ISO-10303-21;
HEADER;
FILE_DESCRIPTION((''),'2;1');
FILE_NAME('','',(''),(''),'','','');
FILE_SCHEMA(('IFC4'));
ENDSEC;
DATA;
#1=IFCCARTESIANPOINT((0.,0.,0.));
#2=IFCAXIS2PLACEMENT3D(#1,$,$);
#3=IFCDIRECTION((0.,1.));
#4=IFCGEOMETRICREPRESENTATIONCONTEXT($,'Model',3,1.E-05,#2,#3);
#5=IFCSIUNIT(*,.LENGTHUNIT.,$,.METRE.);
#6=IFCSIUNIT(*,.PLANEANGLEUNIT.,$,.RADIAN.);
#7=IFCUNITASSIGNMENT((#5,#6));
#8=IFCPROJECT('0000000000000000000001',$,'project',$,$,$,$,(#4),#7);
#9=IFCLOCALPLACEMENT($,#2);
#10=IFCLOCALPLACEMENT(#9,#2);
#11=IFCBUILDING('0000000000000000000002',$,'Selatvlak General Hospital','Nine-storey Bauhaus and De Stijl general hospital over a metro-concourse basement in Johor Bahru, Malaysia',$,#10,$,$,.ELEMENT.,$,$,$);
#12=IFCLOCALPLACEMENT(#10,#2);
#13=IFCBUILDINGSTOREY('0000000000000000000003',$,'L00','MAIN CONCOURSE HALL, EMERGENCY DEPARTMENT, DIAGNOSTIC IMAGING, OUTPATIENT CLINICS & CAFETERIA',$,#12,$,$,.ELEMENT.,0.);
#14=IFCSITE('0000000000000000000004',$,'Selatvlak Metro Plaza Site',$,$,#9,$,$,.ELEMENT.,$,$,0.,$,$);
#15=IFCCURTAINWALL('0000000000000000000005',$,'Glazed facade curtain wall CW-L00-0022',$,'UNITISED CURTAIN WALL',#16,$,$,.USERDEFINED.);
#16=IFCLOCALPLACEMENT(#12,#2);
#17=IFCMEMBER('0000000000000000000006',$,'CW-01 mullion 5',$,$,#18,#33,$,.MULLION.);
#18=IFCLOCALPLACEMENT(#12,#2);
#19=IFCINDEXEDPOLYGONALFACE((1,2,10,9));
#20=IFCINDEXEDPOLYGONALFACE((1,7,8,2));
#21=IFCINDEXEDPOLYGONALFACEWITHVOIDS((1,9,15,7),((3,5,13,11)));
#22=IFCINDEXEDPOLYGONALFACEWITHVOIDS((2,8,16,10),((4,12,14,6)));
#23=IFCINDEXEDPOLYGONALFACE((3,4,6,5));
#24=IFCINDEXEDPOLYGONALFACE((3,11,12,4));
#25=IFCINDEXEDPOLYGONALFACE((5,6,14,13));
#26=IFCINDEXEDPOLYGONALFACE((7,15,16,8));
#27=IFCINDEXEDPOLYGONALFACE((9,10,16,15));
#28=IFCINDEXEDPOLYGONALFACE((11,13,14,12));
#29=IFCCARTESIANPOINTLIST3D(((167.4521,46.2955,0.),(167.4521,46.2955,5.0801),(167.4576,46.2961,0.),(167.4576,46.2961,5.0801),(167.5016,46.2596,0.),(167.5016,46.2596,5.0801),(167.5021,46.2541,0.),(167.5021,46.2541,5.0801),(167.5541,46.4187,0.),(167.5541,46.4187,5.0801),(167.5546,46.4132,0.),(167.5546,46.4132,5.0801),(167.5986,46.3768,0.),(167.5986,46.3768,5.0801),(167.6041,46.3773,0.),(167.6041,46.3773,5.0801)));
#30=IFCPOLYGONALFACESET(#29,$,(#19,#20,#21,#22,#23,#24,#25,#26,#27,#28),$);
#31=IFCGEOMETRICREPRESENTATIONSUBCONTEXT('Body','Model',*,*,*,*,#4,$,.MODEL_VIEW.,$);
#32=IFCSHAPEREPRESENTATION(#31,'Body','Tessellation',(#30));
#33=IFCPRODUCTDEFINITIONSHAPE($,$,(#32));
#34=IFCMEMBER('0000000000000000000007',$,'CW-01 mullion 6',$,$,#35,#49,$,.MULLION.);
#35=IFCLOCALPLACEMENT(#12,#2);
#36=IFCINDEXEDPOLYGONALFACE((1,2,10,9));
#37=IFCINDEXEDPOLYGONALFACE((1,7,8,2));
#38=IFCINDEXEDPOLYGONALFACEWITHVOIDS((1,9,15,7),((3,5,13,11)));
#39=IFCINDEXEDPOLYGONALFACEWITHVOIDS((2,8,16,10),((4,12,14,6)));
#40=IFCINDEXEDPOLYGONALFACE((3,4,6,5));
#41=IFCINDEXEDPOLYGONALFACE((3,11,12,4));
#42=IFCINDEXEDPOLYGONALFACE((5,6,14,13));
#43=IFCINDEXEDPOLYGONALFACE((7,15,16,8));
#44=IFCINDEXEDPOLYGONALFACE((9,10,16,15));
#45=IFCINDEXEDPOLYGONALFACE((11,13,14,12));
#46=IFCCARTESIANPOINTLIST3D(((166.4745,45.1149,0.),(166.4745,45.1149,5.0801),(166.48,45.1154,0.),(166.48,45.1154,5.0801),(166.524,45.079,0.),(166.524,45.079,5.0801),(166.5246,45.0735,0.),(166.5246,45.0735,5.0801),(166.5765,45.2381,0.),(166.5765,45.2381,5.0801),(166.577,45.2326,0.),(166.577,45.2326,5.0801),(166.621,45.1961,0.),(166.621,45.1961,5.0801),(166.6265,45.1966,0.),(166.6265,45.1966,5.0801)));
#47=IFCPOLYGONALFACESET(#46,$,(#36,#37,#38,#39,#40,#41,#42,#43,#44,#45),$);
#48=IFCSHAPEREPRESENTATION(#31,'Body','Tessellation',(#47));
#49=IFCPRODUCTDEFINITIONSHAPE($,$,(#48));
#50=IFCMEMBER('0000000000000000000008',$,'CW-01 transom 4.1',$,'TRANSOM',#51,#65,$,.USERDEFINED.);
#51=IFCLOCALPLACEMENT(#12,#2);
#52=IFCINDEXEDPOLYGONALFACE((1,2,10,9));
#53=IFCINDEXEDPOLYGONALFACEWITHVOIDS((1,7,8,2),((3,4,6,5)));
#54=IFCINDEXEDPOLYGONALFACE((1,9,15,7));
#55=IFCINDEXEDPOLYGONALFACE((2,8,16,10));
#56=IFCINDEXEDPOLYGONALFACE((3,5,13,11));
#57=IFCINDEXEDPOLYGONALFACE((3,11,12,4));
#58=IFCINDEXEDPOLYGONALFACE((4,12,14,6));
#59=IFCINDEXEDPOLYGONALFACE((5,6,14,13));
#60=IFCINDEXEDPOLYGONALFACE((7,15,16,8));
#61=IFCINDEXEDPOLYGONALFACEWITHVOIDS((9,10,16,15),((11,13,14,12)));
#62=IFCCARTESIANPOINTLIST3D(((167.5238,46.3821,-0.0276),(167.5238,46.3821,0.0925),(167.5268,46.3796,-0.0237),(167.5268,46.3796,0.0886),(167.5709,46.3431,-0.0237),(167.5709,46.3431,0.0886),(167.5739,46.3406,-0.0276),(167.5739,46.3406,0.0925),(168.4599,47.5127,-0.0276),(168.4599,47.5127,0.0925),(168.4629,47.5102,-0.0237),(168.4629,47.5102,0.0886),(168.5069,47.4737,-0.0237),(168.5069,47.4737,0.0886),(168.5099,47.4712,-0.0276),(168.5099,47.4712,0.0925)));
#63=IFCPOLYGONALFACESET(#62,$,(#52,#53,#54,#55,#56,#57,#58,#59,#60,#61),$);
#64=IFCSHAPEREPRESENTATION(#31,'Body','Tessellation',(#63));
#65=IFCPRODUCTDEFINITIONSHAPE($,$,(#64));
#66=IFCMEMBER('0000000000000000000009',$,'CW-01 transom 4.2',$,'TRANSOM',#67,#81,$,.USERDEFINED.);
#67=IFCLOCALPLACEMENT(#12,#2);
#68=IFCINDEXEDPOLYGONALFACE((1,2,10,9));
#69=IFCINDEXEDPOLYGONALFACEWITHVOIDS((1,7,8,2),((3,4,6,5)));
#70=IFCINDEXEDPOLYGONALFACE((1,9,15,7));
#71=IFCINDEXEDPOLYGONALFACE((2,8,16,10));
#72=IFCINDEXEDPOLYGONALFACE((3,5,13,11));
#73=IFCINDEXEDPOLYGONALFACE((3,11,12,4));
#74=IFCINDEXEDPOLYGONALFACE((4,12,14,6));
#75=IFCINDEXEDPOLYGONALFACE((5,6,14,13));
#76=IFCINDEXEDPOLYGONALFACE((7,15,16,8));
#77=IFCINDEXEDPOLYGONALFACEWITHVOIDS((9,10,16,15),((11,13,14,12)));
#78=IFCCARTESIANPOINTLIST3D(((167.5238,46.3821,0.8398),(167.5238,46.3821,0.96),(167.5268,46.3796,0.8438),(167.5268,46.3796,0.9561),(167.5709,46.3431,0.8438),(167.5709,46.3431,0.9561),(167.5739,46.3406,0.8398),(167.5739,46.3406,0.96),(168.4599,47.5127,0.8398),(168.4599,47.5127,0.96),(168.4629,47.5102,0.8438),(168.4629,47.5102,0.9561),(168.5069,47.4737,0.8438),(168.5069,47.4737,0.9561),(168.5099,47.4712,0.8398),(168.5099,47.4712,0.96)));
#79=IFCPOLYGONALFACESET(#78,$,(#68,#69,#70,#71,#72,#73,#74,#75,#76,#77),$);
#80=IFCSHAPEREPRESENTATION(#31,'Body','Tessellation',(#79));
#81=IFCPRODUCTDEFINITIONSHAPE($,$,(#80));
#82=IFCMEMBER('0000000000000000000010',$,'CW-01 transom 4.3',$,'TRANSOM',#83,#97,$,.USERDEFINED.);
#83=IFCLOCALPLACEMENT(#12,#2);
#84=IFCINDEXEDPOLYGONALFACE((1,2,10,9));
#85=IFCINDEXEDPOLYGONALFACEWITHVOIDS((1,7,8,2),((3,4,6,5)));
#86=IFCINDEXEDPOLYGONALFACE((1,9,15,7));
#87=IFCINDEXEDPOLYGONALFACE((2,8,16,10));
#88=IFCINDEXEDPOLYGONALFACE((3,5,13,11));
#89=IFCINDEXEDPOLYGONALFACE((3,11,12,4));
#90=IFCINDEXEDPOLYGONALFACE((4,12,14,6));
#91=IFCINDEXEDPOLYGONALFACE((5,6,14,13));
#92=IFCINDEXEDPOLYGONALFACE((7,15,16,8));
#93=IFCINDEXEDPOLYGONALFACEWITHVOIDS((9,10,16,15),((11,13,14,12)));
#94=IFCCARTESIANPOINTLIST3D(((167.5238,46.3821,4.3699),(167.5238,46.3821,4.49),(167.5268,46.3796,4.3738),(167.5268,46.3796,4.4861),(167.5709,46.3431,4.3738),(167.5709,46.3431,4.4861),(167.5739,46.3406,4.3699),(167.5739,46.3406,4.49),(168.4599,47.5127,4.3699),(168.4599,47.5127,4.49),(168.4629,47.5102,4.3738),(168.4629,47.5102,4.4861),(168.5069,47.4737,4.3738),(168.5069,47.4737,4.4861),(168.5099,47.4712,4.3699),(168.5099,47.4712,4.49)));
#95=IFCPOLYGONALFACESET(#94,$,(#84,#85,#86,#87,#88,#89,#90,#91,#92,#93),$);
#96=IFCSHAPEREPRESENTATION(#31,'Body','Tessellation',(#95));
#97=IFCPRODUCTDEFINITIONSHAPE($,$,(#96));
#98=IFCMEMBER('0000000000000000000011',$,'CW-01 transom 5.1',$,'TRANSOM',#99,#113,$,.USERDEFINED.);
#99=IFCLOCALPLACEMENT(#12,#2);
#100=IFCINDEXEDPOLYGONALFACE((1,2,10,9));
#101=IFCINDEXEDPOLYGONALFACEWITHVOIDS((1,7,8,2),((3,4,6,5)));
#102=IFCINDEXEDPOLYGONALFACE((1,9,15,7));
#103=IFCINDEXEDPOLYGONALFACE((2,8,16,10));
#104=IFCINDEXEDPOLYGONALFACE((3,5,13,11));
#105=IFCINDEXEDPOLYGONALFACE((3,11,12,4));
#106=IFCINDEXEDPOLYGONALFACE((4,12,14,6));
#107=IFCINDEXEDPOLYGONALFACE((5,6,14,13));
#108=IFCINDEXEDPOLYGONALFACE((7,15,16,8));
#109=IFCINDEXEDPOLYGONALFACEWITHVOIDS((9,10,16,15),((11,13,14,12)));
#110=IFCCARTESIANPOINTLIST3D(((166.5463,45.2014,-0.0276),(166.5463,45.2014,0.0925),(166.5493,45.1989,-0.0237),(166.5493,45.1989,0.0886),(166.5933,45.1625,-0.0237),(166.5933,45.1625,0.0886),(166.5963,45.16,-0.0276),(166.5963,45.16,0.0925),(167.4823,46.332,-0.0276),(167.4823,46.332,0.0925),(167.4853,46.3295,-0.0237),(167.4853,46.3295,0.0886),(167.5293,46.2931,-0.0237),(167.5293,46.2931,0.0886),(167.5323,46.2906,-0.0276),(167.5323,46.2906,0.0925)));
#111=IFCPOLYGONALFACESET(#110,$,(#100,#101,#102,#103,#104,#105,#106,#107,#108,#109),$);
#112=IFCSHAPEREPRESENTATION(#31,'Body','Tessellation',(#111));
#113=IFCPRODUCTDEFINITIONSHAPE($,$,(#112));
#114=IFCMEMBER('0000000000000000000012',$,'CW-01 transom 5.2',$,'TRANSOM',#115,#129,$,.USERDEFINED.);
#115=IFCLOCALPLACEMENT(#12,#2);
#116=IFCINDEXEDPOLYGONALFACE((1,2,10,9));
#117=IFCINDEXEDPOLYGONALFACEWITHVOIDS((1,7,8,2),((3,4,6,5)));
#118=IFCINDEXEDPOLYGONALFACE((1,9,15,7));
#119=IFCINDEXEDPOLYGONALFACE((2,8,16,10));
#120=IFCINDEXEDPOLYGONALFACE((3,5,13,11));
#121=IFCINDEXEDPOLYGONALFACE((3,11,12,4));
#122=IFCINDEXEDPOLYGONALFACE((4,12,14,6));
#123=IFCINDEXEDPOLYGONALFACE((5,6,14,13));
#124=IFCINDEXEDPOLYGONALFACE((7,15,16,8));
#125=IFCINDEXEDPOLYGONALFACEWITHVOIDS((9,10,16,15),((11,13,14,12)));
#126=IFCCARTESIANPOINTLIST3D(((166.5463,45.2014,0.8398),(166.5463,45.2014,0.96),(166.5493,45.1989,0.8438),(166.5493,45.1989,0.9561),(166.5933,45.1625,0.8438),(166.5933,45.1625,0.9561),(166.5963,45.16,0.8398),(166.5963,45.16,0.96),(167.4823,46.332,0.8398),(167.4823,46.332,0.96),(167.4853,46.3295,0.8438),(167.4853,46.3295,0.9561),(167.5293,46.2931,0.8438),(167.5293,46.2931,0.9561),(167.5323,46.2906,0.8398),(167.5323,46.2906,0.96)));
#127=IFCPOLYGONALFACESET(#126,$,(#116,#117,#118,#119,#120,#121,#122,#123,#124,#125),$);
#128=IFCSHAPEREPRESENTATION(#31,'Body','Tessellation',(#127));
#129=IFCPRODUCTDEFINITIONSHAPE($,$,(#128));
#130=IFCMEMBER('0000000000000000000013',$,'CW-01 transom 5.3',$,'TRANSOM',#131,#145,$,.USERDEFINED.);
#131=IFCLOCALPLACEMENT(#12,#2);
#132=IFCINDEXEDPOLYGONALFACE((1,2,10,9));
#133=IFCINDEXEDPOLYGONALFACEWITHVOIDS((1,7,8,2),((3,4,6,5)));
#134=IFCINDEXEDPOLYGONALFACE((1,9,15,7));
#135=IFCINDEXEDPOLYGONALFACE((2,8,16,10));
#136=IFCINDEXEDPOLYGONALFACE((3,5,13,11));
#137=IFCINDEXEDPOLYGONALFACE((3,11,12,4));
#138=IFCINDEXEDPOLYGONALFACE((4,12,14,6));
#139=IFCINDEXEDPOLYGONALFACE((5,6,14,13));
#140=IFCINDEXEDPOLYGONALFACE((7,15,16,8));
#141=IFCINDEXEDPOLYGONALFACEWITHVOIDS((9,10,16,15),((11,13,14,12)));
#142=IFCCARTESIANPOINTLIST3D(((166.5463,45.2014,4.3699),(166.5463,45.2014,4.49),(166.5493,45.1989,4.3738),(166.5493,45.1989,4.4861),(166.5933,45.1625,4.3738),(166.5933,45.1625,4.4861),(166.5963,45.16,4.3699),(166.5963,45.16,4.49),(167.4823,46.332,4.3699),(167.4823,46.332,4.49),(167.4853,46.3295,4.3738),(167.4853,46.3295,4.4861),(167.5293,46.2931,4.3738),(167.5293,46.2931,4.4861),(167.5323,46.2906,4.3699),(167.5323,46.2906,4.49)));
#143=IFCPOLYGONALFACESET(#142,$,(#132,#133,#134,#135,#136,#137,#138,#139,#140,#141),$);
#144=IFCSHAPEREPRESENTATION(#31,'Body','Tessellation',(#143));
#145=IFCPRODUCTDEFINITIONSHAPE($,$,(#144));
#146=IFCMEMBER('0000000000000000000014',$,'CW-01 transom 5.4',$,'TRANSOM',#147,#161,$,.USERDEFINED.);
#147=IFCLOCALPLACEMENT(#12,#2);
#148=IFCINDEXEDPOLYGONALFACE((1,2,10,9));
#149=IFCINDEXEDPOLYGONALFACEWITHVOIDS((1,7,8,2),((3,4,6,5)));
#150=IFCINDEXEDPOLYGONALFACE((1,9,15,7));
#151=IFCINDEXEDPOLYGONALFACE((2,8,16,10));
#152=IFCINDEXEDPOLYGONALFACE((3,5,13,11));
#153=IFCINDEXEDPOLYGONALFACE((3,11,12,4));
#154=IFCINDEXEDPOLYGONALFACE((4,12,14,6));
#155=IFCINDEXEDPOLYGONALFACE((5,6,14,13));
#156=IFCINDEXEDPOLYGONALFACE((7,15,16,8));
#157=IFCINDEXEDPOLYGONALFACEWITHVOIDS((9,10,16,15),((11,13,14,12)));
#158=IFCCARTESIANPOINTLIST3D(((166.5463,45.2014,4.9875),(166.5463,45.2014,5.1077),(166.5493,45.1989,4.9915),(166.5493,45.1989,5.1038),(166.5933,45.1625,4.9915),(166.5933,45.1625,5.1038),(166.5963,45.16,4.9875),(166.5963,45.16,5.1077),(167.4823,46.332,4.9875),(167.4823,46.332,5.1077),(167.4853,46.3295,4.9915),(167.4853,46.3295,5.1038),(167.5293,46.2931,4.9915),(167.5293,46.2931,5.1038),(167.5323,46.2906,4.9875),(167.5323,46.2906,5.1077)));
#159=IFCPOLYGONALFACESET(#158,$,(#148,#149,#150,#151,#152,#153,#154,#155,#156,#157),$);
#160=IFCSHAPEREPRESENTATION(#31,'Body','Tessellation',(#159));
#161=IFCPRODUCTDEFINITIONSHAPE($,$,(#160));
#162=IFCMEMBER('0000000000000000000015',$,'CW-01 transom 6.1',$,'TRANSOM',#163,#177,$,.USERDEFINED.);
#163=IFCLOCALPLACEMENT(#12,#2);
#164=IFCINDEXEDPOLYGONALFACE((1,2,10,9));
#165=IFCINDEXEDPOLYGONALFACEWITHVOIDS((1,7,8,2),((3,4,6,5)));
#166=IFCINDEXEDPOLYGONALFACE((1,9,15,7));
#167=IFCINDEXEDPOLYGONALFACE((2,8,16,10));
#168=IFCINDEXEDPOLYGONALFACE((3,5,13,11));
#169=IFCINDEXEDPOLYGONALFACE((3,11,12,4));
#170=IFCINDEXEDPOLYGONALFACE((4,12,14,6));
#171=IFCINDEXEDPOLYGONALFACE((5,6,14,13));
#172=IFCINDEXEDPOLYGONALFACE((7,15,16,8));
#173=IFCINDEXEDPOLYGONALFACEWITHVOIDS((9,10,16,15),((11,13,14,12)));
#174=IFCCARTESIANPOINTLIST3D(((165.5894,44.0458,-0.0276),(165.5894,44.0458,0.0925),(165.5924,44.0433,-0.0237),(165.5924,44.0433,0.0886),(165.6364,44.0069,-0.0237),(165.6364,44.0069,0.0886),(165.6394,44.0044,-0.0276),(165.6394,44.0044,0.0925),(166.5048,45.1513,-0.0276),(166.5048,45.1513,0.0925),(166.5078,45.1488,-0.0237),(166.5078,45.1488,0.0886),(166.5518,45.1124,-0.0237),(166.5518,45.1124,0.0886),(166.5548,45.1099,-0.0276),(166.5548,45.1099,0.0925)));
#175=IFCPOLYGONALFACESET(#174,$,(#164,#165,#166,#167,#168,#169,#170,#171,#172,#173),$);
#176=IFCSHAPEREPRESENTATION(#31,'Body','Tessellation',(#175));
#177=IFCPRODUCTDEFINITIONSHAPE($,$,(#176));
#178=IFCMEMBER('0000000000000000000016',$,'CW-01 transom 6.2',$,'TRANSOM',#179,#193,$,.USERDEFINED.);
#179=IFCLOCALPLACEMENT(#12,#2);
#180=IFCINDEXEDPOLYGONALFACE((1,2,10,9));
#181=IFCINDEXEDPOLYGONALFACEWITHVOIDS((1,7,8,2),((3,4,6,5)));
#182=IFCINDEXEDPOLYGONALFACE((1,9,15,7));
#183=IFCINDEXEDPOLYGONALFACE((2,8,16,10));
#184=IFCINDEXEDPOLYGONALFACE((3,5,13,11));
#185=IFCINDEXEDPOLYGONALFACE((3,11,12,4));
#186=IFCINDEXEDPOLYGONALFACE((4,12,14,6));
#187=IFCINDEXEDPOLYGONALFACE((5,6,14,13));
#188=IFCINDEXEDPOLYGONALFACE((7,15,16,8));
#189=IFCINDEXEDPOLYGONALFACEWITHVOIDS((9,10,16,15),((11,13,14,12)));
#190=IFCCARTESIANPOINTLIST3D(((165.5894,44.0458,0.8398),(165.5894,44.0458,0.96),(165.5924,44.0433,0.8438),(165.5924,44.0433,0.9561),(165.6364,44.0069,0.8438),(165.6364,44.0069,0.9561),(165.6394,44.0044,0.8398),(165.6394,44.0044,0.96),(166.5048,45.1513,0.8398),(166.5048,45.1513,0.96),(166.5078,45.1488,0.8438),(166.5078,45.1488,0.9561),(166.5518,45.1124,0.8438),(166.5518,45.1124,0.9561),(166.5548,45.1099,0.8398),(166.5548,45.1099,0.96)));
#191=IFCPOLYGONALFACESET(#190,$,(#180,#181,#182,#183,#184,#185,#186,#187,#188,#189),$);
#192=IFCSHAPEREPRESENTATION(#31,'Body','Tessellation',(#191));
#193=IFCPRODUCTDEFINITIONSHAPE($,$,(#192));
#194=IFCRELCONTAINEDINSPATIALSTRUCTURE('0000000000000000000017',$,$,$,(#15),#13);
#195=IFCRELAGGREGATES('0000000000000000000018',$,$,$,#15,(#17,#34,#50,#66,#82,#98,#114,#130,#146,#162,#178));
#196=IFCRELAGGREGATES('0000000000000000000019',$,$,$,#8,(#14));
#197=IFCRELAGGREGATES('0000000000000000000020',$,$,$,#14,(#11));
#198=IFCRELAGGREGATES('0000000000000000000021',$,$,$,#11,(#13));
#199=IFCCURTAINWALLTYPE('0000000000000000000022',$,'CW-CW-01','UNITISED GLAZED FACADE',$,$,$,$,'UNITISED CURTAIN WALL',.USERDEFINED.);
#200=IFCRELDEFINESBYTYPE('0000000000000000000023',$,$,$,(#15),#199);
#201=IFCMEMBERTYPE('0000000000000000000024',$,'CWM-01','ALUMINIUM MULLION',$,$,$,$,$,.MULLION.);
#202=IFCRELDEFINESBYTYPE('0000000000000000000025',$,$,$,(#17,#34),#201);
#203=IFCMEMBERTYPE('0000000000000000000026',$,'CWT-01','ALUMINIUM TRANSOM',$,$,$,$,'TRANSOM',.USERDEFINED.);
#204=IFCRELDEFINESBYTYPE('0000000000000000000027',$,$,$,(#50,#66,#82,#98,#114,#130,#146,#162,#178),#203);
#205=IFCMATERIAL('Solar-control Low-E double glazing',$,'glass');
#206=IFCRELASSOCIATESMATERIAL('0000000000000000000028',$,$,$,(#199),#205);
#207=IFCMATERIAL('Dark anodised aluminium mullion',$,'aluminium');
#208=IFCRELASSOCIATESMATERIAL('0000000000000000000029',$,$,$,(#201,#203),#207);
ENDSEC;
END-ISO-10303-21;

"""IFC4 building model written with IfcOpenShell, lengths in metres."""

from ifc_helpers import new_model, si_unit, direction, frame, origin, origin_2d, place, context, subcontext, project, spatial, hollow_rectangle, extrude, material, material_profile, profile_set, type_object, element, aggregate, save


model = new_model("IFC4")

# Units and contexts
model_context = context("Model", 3, precision=1e-05, world=origin(), true_north=direction((0.0, 1.0)))
body_context = subcontext(model_context, "Body", "Model", "MODEL_VIEW")
ifc_project = project(units=[si_unit("LENGTHUNIT", "METRE"), si_unit("PLANEANGLEUNIT", "RADIAN")], contexts=[model_context])

# Site, building, storey
site_placement = place(None, origin())
site = spatial("IfcSite", under=ifc_project, at=site_placement, Name="Selatvlak Metro Plaza Site", CompositionType="ELEMENT", RefElevation=0.0)
building_placement = place(site_placement, origin())
building = spatial("IfcBuilding", under=site, at=building_placement, Name="Selatvlak General Hospital", Description="Nine-storey Bauhaus and De Stijl general hospital over a metro-concourse basement in Johor Bahru, Malaysia", CompositionType="ELEMENT")
storey_placement = place(building_placement, origin())
storey = spatial("IfcBuildingStorey", under=building, at=storey_placement, Name="L00", Description="MAIN CONCOURSE HALL, EMERGENCY DEPARTMENT, DIAGNOSTIC IMAGING, OUTPATIENT CLINICS & CAFETERIA", CompositionType="ELEMENT", Elevation=0.0)

# Curtain wall, members
ifc_material_1 = material(Name="Solar-control Low-E double glazing", Category="glass")
curtain_wall_type = type_object("IfcCurtainWallType", Name="CW-CW-01", Description="UNITISED GLAZED FACADE", ElementType="UNITISED CURTAIN WALL", PredefinedType="USERDEFINED", material=ifc_material_1)
curtain_wall_placement = place(storey_placement, origin())
curtain_wall = element("IfcCurtainWall", 1, at=curtain_wall_placement, inside=storey, type_object=curtain_wall_type, Name="Glazed facade curtain wall CW-L00-0022", ObjectType="UNITISED CURTAIN WALL", PredefinedType="USERDEFINED")
ifc_material_2 = material(Name="Dark anodised aluminium mullion", Category="aluminium")
ifc_material_profile_1 = material_profile(ifc_material_2, hollow_rectangle(XDim=0.0649, YDim=0.1599, WallThickness=0.0039, at=origin_2d()), Name="AL-MUL 65x160x4")
ifc_profile_set_1 = profile_set([ifc_material_profile_1], Name="Dark anodised aluminium mullion")
member_type_1 = type_object("IfcMemberType", Name="CWM-01", Description="ALUMINIUM MULLION", PredefinedType="MULLION", material=ifc_profile_set_1)
member_1_placement = place(storey_placement, frame((167.5281, 46.3364, 0.0), z_axis=(0.0, 0.0, 1.0), x_axis=(0.770267, -0.637721, 0.0)))
member_1 = element("IfcMember", 2, at=member_1_placement, type_object=member_type_1, Name="CW-01 mullion 5", PredefinedType="MULLION", context=body_context, shape_type="SweptSolid", body=[
    extrude(hollow_rectangle(XDim=0.0649, YDim=0.1599, WallThickness=0.0039, at=origin_2d()), origin(), (0.0, 0.0, 1.0), 5.0801),
])
member_2_placement = place(storey_placement, frame((166.5505, 45.1558, 0.0), z_axis=(0.0, 0.0, 1.0), x_axis=(0.770267, -0.637721, 0.0)))
member_2 = element("IfcMember", 3, at=member_2_placement, type_object=member_type_1, Name="CW-01 mullion 6", PredefinedType="MULLION", context=body_context, shape_type="SweptSolid", body=[
    extrude(hollow_rectangle(XDim=0.0649, YDim=0.1599, WallThickness=0.0039, at=origin_2d()), origin(), (0.0, 0.0, 1.0), 5.0801),
])
ifc_material_profile_2 = material_profile(ifc_material_2, hollow_rectangle(XDim=0.0649, YDim=0.1201, WallThickness=0.0039, at=origin_2d()), Name="AL-TRN 65x120x4")
ifc_profile_set_2 = profile_set([ifc_material_profile_2], Name="Dark anodised aluminium mullion")
member_type_2 = type_object("IfcMemberType", Name="CWT-01", Description="ALUMINIUM TRANSOM", ElementType="TRANSOM", PredefinedType="USERDEFINED", material=ifc_profile_set_2)
member_3_placement = place(storey_placement, frame((168.4849, 47.4919, 0.0325), z_axis=(-0.637711, -0.770276, 0.0), x_axis=(0.770276, -0.637711, 0.0)))
member_3 = element("IfcMember", 4, at=member_3_placement, type_object=member_type_2, Name="CW-01 transom 4.1", ObjectType="TRANSOM", PredefinedType="USERDEFINED", context=body_context, shape_type="SweptSolid", body=[
    extrude(hollow_rectangle(XDim=0.0649, YDim=0.1201, WallThickness=0.0039, at=origin_2d()), origin(), (0.0, 0.0, 1.0), 1.4678),
])
member_4_placement = place(storey_placement, frame((168.4849, 47.4919, 0.8999), z_axis=(-0.637711, -0.770276, 0.0), x_axis=(0.770276, -0.637711, 0.0)))
member_4 = element("IfcMember", 5, at=member_4_placement, type_object=member_type_2, Name="CW-01 transom 4.2", ObjectType="TRANSOM", PredefinedType="USERDEFINED", context=body_context, shape_type="SweptSolid", body=[
    extrude(hollow_rectangle(XDim=0.0649, YDim=0.1201, WallThickness=0.0039, at=origin_2d()), origin(), (0.0, 0.0, 1.0), 1.4678),
])
member_5_placement = place(storey_placement, frame((168.4849, 47.4919, 4.4299), z_axis=(-0.637711, -0.770276, 0.0), x_axis=(0.770276, -0.637711, 0.0)))
member_5 = element("IfcMember", 6, at=member_5_placement, type_object=member_type_2, Name="CW-01 transom 4.3", ObjectType="TRANSOM", PredefinedType="USERDEFINED", context=body_context, shape_type="SweptSolid", body=[
    extrude(hollow_rectangle(XDim=0.0649, YDim=0.1201, WallThickness=0.0039, at=origin_2d()), origin(), (0.0, 0.0, 1.0), 1.4678),
])
member_6_placement = place(storey_placement, frame((167.5073, 46.3113, 0.0325), z_axis=(-0.637711, -0.770276, 0.0), x_axis=(0.770276, -0.637711, 0.0)))
member_6 = element("IfcMember", 7, at=member_6_placement, type_object=member_type_2, Name="CW-01 transom 5.1", ObjectType="TRANSOM", PredefinedType="USERDEFINED", context=body_context, shape_type="SweptSolid", body=[
    extrude(hollow_rectangle(XDim=0.0649, YDim=0.1201, WallThickness=0.0039, at=origin_2d()), origin(), (0.0, 0.0, 1.0), 1.4678),
])
member_7_placement = place(storey_placement, frame((167.5073, 46.3113, 0.8999), z_axis=(-0.637711, -0.770276, 0.0), x_axis=(0.770276, -0.637711, 0.0)))
member_7 = element("IfcMember", 8, at=member_7_placement, type_object=member_type_2, Name="CW-01 transom 5.2", ObjectType="TRANSOM", PredefinedType="USERDEFINED", context=body_context, shape_type="SweptSolid", body=[
    extrude(hollow_rectangle(XDim=0.0649, YDim=0.1201, WallThickness=0.0039, at=origin_2d()), origin(), (0.0, 0.0, 1.0), 1.4678),
])
member_8_placement = place(storey_placement, frame((167.5073, 46.3113, 4.4299), z_axis=(-0.637711, -0.770276, 0.0), x_axis=(0.770276, -0.637711, 0.0)))
member_8 = element("IfcMember", 9, at=member_8_placement, type_object=member_type_2, Name="CW-01 transom 5.3", ObjectType="TRANSOM", PredefinedType="USERDEFINED", context=body_context, shape_type="SweptSolid", body=[
    extrude(hollow_rectangle(XDim=0.0649, YDim=0.1201, WallThickness=0.0039, at=origin_2d()), origin(), (0.0, 0.0, 1.0), 1.4678),
])
member_9_placement = place(storey_placement, frame((167.5073, 46.3113, 5.0476), z_axis=(-0.637711, -0.770276, 0.0), x_axis=(0.770276, -0.637711, 0.0)))
member_9 = element("IfcMember", 10, at=member_9_placement, type_object=member_type_2, Name="CW-01 transom 5.4", ObjectType="TRANSOM", PredefinedType="USERDEFINED", context=body_context, shape_type="SweptSolid", body=[
    extrude(hollow_rectangle(XDim=0.0649, YDim=0.1201, WallThickness=0.0039, at=origin_2d()), origin(), (0.0, 0.0, 1.0), 1.4678),
])
member_10_placement = place(storey_placement, frame((166.5298, 45.1306, 0.0325), z_axis=(-0.637738, -0.770253, 0.0), x_axis=(0.770253, -0.637738, 0.0)))
member_10 = element("IfcMember", 11, at=member_10_placement, type_object=member_type_2, Name="CW-01 transom 6.1", ObjectType="TRANSOM", PredefinedType="USERDEFINED", context=body_context, shape_type="SweptSolid", body=[
    extrude(hollow_rectangle(XDim=0.0649, YDim=0.1201, WallThickness=0.0039, at=origin_2d()), origin(), (0.0, 0.0, 1.0), 1.4353),
])
member_11_placement = place(storey_placement, frame((166.5298, 45.1306, 0.8999), z_axis=(-0.637738, -0.770253, 0.0), x_axis=(0.770253, -0.637738, 0.0)))
member_11 = element("IfcMember", 12, at=member_11_placement, type_object=member_type_2, Name="CW-01 transom 6.2", ObjectType="TRANSOM", PredefinedType="USERDEFINED", context=body_context, shape_type="SweptSolid", body=[
    extrude(hollow_rectangle(XDim=0.0649, YDim=0.1201, WallThickness=0.0039, at=origin_2d()), origin(), (0.0, 0.0, 1.0), 1.4353),
])
aggregate(curtain_wall, [member_1, member_2, member_3, member_4, member_5, member_6, member_7, member_8, member_9, member_10, member_11])

save(model, "model.ifc")
